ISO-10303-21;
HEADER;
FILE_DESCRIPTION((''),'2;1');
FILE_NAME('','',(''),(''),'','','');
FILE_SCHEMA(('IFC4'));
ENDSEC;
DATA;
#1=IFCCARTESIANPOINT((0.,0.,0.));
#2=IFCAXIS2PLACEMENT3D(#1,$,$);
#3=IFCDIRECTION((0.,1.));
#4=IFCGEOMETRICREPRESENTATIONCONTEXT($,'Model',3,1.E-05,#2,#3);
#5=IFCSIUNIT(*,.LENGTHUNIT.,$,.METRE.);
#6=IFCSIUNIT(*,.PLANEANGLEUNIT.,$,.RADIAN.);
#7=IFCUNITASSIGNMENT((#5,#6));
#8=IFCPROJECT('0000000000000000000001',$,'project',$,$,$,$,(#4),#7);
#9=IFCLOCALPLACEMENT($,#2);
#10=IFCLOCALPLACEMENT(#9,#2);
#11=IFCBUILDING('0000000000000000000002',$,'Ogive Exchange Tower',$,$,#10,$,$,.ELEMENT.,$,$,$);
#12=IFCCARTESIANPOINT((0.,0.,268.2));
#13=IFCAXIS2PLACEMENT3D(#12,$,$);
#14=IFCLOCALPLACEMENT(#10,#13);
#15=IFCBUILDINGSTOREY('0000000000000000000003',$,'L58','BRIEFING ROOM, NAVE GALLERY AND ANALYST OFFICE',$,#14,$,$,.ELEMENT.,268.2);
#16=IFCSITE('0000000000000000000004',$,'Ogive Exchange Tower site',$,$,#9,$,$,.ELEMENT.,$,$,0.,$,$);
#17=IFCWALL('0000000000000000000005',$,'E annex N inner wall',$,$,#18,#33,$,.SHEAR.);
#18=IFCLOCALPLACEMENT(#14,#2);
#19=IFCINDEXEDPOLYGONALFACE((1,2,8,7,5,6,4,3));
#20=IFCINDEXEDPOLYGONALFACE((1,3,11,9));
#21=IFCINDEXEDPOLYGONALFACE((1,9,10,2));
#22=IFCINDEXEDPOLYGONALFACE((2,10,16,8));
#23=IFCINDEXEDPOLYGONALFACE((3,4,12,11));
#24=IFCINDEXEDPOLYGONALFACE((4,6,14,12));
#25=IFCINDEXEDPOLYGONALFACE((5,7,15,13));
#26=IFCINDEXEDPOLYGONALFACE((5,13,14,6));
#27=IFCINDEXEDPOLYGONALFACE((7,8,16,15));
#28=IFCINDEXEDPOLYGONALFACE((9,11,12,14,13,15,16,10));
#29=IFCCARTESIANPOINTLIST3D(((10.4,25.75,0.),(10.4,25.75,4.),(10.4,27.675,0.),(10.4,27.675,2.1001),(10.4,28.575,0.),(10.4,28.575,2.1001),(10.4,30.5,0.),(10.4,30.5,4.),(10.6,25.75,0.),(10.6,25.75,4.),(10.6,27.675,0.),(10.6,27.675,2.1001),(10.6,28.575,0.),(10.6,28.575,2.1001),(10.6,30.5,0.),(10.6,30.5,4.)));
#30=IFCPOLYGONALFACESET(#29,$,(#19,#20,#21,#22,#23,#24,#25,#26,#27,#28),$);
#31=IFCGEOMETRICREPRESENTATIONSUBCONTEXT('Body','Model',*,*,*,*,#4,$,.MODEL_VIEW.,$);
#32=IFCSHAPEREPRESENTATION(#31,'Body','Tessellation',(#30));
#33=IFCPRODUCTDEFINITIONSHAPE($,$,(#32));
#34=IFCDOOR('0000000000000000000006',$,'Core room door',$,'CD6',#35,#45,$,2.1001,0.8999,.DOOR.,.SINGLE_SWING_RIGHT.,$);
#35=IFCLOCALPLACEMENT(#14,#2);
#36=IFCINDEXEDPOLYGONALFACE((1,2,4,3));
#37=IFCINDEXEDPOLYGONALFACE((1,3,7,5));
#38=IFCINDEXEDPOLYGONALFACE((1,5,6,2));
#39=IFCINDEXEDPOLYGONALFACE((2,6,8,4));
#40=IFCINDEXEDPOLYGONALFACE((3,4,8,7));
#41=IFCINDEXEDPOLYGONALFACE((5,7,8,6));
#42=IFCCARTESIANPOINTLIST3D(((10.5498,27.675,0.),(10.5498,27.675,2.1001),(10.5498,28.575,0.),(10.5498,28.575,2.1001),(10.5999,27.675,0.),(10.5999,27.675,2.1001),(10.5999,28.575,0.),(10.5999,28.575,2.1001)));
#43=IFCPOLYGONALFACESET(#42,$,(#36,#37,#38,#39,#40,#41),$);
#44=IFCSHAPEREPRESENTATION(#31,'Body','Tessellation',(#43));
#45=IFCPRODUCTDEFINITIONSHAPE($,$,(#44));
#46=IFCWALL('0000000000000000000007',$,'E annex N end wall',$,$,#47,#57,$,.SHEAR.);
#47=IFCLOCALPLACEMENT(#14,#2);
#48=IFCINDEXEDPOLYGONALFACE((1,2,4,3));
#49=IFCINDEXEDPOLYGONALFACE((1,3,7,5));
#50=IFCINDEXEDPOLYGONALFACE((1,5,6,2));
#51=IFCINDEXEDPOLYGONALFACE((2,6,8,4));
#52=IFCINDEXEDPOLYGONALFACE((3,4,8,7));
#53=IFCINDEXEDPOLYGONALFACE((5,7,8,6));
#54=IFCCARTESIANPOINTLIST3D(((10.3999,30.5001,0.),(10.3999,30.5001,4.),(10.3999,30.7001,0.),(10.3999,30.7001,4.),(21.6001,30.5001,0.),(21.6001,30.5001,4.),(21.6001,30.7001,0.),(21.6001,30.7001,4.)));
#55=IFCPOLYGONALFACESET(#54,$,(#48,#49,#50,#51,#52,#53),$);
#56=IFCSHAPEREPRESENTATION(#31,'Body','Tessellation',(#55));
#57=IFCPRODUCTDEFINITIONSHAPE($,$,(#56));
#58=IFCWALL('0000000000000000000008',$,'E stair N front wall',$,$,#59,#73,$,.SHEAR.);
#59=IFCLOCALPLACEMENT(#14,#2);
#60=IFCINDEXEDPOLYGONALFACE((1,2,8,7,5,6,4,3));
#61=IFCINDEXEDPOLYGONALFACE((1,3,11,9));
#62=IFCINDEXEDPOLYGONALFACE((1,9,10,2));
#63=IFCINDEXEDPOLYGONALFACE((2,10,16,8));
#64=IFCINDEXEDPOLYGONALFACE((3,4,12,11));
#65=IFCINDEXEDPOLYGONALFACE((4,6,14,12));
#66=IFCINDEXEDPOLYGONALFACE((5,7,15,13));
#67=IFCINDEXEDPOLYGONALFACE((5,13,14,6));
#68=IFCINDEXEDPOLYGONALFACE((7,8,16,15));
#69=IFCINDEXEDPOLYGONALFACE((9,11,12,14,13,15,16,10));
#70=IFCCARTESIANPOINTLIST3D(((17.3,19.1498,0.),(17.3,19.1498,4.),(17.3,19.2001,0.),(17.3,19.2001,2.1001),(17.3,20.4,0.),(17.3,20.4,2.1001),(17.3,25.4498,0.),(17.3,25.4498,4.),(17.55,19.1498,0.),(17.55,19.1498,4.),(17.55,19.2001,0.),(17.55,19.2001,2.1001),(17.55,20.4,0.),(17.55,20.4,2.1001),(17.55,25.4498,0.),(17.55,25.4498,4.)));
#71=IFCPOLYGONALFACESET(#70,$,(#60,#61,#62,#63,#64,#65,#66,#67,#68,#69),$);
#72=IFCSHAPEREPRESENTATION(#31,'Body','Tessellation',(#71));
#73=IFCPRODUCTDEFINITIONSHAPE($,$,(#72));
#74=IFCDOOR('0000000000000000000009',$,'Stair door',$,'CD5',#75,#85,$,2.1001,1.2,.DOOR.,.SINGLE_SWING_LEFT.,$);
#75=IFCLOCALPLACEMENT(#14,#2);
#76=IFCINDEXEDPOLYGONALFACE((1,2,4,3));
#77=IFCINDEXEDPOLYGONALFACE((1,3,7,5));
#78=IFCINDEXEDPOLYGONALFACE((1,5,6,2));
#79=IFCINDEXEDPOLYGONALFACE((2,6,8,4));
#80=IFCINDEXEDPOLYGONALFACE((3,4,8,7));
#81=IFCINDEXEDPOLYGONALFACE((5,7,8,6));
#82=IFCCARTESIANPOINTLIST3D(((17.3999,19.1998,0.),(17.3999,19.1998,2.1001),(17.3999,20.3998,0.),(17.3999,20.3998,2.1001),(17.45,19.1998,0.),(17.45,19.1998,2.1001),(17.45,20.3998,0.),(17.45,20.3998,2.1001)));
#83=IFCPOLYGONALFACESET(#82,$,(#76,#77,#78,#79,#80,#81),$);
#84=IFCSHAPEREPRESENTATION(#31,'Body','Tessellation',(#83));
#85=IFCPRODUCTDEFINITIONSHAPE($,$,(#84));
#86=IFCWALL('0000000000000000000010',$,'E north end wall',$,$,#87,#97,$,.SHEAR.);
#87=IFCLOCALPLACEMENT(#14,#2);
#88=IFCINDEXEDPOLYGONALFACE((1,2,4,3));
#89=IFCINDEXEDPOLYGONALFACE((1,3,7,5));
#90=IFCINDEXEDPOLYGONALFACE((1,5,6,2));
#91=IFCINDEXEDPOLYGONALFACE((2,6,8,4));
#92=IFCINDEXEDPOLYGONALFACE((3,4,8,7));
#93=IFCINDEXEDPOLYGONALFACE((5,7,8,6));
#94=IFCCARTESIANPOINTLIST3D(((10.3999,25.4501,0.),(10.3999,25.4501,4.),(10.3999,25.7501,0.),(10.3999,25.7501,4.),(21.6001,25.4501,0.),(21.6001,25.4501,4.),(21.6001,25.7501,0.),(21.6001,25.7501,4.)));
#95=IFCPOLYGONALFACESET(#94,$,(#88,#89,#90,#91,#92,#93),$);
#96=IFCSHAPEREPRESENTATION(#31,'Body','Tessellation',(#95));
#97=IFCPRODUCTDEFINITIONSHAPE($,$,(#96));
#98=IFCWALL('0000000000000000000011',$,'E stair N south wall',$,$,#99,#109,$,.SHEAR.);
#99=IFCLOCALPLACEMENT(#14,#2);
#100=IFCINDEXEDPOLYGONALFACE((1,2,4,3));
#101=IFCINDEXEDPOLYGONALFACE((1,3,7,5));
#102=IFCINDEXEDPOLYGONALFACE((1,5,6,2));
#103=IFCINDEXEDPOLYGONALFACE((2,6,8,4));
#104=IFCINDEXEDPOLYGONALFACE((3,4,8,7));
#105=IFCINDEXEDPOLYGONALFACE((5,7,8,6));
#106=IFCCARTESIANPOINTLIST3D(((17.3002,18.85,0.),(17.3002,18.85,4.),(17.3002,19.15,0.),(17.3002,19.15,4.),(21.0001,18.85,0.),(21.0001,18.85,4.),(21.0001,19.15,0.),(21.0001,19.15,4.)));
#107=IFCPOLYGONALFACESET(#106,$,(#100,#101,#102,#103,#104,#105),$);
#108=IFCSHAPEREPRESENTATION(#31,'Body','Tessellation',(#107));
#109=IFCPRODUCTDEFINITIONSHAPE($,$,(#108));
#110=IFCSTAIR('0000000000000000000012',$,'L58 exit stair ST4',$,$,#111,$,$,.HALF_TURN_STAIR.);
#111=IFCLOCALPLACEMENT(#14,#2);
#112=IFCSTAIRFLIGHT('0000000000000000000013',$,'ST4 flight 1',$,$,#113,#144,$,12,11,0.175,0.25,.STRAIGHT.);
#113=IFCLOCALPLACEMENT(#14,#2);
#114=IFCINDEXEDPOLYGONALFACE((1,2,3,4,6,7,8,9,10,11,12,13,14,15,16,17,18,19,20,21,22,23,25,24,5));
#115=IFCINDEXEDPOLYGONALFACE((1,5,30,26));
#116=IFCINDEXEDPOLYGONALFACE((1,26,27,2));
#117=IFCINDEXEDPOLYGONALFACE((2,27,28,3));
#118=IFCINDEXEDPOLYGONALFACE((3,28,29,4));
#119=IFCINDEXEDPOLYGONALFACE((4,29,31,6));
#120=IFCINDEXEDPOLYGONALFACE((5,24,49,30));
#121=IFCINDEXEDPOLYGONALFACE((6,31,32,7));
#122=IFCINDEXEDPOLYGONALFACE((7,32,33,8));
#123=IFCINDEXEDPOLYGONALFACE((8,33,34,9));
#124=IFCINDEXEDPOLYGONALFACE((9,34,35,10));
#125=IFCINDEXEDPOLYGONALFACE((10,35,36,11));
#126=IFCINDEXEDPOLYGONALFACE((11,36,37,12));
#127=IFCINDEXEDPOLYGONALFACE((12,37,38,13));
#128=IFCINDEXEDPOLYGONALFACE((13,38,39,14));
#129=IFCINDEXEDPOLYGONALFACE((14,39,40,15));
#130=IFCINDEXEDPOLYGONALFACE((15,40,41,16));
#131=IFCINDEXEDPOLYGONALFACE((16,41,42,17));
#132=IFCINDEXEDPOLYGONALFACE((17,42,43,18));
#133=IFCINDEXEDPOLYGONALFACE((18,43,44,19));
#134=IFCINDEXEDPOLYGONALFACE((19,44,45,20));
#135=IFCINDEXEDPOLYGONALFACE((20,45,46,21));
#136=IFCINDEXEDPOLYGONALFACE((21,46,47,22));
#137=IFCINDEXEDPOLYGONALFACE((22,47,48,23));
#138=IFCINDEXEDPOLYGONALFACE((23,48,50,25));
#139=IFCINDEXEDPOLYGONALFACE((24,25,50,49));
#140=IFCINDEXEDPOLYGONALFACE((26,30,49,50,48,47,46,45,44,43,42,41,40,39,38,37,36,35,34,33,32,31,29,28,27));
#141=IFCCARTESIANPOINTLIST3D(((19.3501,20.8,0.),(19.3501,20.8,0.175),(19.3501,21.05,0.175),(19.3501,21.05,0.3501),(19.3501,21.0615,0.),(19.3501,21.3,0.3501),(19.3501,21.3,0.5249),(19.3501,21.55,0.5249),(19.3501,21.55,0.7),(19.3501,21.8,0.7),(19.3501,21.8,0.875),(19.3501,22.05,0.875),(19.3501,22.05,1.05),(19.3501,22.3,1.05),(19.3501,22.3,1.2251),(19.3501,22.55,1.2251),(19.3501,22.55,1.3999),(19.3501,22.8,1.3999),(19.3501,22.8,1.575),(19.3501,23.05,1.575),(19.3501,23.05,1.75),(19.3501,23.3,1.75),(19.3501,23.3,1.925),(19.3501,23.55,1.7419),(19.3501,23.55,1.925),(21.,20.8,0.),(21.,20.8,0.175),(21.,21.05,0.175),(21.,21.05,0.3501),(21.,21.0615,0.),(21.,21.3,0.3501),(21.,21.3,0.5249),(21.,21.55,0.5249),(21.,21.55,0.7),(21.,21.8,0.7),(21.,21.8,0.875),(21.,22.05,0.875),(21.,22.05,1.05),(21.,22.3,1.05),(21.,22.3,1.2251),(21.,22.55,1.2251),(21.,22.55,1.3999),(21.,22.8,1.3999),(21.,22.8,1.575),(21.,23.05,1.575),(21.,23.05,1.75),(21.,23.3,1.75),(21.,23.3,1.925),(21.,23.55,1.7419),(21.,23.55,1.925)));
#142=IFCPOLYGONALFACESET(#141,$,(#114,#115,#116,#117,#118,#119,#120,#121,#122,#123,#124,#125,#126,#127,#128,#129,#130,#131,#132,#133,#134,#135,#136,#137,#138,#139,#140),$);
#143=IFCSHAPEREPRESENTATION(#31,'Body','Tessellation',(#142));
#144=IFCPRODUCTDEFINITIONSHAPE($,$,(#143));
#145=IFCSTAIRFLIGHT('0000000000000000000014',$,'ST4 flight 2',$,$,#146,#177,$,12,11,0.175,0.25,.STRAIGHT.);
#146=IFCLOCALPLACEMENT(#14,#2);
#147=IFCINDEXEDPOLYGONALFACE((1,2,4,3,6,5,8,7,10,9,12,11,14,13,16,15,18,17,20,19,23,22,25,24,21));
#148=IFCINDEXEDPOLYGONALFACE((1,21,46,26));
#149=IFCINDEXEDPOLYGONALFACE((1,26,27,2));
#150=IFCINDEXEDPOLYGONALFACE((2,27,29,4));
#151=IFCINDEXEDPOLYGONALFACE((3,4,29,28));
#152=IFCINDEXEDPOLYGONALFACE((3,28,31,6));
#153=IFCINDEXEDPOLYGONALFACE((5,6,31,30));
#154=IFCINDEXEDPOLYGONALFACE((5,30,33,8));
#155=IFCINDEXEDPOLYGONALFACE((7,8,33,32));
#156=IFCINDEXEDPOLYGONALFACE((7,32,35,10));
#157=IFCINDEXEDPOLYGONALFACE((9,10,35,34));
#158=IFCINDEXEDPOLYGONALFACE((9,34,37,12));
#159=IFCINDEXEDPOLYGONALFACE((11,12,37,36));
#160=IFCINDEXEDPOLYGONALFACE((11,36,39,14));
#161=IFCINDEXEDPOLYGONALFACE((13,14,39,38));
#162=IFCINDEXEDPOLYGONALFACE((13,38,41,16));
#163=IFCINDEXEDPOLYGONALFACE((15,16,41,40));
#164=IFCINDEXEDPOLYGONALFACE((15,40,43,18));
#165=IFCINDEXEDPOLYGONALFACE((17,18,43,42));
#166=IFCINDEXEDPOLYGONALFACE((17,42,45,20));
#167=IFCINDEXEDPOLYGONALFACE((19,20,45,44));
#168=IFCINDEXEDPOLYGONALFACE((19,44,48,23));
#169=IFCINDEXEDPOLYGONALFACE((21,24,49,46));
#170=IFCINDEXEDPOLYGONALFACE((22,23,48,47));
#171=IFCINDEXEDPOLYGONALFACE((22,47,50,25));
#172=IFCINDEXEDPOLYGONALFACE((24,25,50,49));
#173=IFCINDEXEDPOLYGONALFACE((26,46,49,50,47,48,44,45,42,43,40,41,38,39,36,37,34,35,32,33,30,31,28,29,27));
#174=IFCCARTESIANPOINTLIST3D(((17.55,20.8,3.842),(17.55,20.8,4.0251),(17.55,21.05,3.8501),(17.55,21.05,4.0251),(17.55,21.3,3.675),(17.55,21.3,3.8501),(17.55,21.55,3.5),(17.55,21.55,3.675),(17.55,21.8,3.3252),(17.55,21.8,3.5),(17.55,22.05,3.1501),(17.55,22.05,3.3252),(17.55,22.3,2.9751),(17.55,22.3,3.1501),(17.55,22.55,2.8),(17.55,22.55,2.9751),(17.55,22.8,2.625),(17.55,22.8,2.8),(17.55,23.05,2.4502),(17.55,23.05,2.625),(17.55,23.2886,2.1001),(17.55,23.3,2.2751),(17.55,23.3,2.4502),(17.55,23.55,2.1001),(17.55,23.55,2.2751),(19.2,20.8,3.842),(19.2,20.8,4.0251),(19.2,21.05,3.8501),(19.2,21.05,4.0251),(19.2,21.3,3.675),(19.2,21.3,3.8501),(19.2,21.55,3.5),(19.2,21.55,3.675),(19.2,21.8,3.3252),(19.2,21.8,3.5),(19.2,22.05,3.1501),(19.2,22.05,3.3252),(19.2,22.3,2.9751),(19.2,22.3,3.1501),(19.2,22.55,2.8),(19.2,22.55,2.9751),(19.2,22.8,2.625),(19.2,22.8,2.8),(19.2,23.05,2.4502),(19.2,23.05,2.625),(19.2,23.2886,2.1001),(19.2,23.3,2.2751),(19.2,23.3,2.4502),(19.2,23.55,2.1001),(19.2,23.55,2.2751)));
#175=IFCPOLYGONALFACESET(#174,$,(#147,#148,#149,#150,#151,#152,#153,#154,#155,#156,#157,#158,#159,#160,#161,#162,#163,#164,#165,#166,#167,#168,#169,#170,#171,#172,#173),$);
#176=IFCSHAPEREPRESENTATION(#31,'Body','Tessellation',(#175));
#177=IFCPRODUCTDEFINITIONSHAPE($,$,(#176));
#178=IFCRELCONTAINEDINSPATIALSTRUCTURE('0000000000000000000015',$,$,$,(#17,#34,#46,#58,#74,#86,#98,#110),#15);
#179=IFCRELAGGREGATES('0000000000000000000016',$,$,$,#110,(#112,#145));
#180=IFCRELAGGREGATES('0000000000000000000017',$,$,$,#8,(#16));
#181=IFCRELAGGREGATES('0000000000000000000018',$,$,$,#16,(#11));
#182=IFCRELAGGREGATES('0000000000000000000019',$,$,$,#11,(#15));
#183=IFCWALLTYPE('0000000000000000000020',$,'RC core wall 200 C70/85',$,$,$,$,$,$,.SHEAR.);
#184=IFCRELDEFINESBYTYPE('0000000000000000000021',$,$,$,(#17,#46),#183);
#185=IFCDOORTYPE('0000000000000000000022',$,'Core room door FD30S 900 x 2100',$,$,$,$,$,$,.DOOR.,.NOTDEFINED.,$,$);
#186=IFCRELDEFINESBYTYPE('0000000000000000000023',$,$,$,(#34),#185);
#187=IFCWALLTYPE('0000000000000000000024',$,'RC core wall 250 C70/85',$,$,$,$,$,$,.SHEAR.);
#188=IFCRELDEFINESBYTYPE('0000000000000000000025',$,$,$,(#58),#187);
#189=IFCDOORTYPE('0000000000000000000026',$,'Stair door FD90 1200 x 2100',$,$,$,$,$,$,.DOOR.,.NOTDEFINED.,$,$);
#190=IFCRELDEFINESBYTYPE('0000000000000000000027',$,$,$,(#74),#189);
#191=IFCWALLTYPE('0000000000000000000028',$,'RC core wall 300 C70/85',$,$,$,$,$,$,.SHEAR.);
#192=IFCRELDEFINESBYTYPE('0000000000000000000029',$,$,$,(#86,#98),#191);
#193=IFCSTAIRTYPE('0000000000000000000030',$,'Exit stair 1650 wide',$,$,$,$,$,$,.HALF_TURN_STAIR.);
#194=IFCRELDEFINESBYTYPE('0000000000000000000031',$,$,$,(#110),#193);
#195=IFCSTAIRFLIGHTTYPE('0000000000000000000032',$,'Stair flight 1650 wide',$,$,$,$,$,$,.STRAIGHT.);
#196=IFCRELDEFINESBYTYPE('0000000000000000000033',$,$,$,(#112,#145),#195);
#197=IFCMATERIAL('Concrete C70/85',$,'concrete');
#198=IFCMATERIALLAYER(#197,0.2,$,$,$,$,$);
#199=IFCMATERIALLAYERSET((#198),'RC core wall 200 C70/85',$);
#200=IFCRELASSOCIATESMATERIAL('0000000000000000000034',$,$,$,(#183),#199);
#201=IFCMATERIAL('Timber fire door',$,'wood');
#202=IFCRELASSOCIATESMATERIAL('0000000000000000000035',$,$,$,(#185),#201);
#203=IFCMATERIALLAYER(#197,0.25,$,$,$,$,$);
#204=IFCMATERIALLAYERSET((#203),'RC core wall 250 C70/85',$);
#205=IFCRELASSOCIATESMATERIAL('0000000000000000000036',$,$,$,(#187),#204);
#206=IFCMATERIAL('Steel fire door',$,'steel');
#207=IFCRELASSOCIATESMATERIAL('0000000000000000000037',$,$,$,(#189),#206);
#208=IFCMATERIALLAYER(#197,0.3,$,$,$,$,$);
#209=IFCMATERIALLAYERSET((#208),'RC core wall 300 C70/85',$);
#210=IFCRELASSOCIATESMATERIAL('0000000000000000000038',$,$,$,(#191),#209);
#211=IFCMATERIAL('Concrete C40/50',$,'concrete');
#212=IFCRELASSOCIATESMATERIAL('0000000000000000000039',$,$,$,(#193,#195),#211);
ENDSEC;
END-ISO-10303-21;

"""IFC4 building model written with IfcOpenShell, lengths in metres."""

from ifc_helpers import new_model, si_unit, direction, frame, frame_2d, origin, place, context, subcontext, project, spatial, polyline, rectangle, outline, extrude, material, layer, layer_set, type_object, element, fill, aggregate, save


model = new_model("IFC4")

# Units and contexts
model_context = context("Model", 3, precision=1e-05, world=origin(), true_north=direction((0.0, 1.0)))
body_context = subcontext(model_context, "Body", "Model", "MODEL_VIEW")
ifc_project = project(units=[si_unit("LENGTHUNIT", "METRE"), si_unit("PLANEANGLEUNIT", "RADIAN")], contexts=[model_context])

# Site, building, storey
site_placement = place(None, origin())
site = spatial("IfcSite", under=ifc_project, at=site_placement, Name="Ogive Exchange Tower site", CompositionType="ELEMENT", RefElevation=0.0)
building_placement = place(site_placement, origin())
building = spatial("IfcBuilding", under=site, at=building_placement, Name="Ogive Exchange Tower", CompositionType="ELEMENT")
storey_placement = place(building_placement, frame((0.0, 0.0, 268.2)))
storey = spatial("IfcBuildingStorey", under=building, at=storey_placement, Name="L58", Description="BRIEFING ROOM, NAVE GALLERY AND ANALYST OFFICE", CompositionType="ELEMENT", Elevation=268.2)

# Wall, opening, door
ifc_material_1 = material(Name="Concrete C70/85", Category="concrete")
ifc_layer_1 = layer(ifc_material_1, 0.2)
ifc_layer_set_1 = layer_set([ifc_layer_1], Name="RC core wall 200 C70/85")
wall_type_1 = type_object("IfcWallType", Name="RC core wall 200 C70/85", PredefinedType="SHEAR", material=ifc_layer_set_1)
wall_1_placement = place(storey_placement, frame((10.5, 25.75, 0.0), z_axis=(0.0, 0.0, 1.0), x_axis=(0.0, 1.0, 0.0)))
wall_1 = element("IfcWall", 1, at=wall_1_placement, inside=storey, type_object=wall_type_1, Name="E annex N inner wall", PredefinedType="SHEAR", context=body_context, shape_type="SweptSolid", body=[
    extrude(rectangle(XDim=4.75, YDim=0.2, at=frame_2d((2.375, 0.0))), origin(), (0.0, 0.0, 1.0), 4.0),
])
opening_1_placement = place(wall_1_placement, frame((1.925, 0.0, 0.0)))
opening_1 = element("IfcOpeningElement", 2, at=opening_1_placement, cuts=wall_1, PredefinedType="OPENING", context=body_context, shape_type="SweptSolid", body=[
    extrude(rectangle(XDim=0.8999, YDim=2.1001, at=frame_2d((0.45, 1.05))), frame((0.0, 0.1099, 0.0), z_axis=(0.0, -1.0, 0.0), x_axis=(1.0, 0.0, 0.0)), (0.0, 0.0, 1.0), 0.22),
])
ifc_material_2 = material(Name="Timber fire door", Category="wood")
door_type_1 = type_object("IfcDoorType", Name="Core room door FD30S 900 x 2100", OperationType="NOTDEFINED", PredefinedType="DOOR", material=ifc_material_2)
door_1_placement = place(opening_1_placement, origin())
door_1 = element("IfcDoor", 3, at=door_1_placement, inside=storey, type_object=door_type_1, Name="Core room door", ObjectType="CD6", OperationType="SINGLE_SWING_RIGHT", OverallHeight=2.1001, OverallWidth=0.8999, PredefinedType="DOOR", context=body_context, shape_type="SweptSolid", body=[
    extrude(rectangle(XDim=0.8999, YDim=2.1001, at=frame_2d((0.45, 1.05))), frame((0.0, -0.0498, 0.0), z_axis=(0.0, -1.0, 0.0), x_axis=(1.0, 0.0, 0.0)), (0.0, 0.0, 1.0), 0.05),
])
fill(opening_1, door_1)

# Wall
wall_2_placement = place(storey_placement, frame((10.3999, 30.6001, 0.0), z_axis=(0.0, 0.0, 1.0), x_axis=(1.0, 0.0, 0.0)))
element("IfcWall", 4, at=wall_2_placement, inside=storey, type_object=wall_type_1, Name="E annex N end wall", PredefinedType="SHEAR", context=body_context, shape_type="SweptSolid", body=[
    extrude(rectangle(XDim=11.2002, YDim=0.2, at=frame_2d((5.6001, 0.0))), origin(), (0.0, 0.0, 1.0), 4.0),
])

# Wall, opening, door
ifc_layer_2 = layer(ifc_material_1, 0.25)
ifc_layer_set_2 = layer_set([ifc_layer_2], Name="RC core wall 250 C70/85")
wall_type_2 = type_object("IfcWallType", Name="RC core wall 250 C70/85", PredefinedType="SHEAR", material=ifc_layer_set_2)
wall_3_placement = place(storey_placement, frame((17.425, 19.1499, 0.0), z_axis=(0.0, 0.0, 1.0), x_axis=(0.0, 1.0, 0.0)))
wall_3 = element("IfcWall", 5, at=wall_3_placement, inside=storey, type_object=wall_type_2, Name="E stair N front wall", PredefinedType="SHEAR", context=body_context, shape_type="SweptSolid", body=[
    extrude(rectangle(XDim=6.3, YDim=0.25, at=frame_2d((3.1499, 0.0))), origin(), (0.0, 0.0, 1.0), 4.0),
])
opening_2_placement = place(wall_3_placement, frame((0.05, 0.0, 0.0)))
opening_2 = element("IfcOpeningElement", 6, at=opening_2_placement, cuts=wall_3, PredefinedType="OPENING", context=body_context, shape_type="SweptSolid", body=[
    extrude(rectangle(XDim=1.2, YDim=2.1001, at=frame_2d((0.6001, 1.05))), frame((0.0, 0.135, 0.0), z_axis=(0.0, -1.0, 0.0), x_axis=(1.0, 0.0, 0.0)), (0.0, 0.0, 1.0), 0.27),
])
ifc_material_3 = material(Name="Steel fire door", Category="steel")
door_type_2 = type_object("IfcDoorType", Name="Stair door FD90 1200 x 2100", OperationType="NOTDEFINED", PredefinedType="DOOR", material=ifc_material_3)
door_2_placement = place(opening_2_placement, frame((1.2, 0.0, 0.0), z_axis=(0.0, 0.0, 1.0), x_axis=(-1.0, 0.0, 0.0)))
door_2 = element("IfcDoor", 7, at=door_2_placement, inside=storey, type_object=door_type_2, Name="Stair door", ObjectType="CD5", OperationType="SINGLE_SWING_LEFT", OverallHeight=2.1001, OverallWidth=1.2, PredefinedType="DOOR", context=body_context, shape_type="SweptSolid", body=[
    extrude(rectangle(XDim=1.2, YDim=2.1001, at=frame_2d((0.6001, 1.05))), frame((0.0, 0.0249, 0.0), z_axis=(0.0, -1.0, 0.0), x_axis=(1.0, 0.0, 0.0)), (0.0, 0.0, 1.0), 0.05),
])
fill(opening_2, door_2)

# Walls
ifc_layer_3 = layer(ifc_material_1, 0.3)
ifc_layer_set_3 = layer_set([ifc_layer_3], Name="RC core wall 300 C70/85")
wall_type_3 = type_object("IfcWallType", Name="RC core wall 300 C70/85", PredefinedType="SHEAR", material=ifc_layer_set_3)
wall_4_placement = place(storey_placement, frame((10.3999, 25.6001, 0.0), z_axis=(0.0, 0.0, 1.0), x_axis=(1.0, 0.0, 0.0)))
element("IfcWall", 8, at=wall_4_placement, inside=storey, type_object=wall_type_3, Name="E north end wall", PredefinedType="SHEAR", context=body_context, shape_type="SweptSolid", body=[
    extrude(rectangle(XDim=11.2002, YDim=0.3, at=frame_2d((5.6001, 0.0))), origin(), (0.0, 0.0, 1.0), 4.0),
])
wall_5_placement = place(storey_placement, frame((17.3, 19.0, 0.0), z_axis=(0.0, 0.0, 1.0), x_axis=(1.0, 0.0, 0.0)))
element("IfcWall", 9, at=wall_5_placement, inside=storey, type_object=wall_type_3, Name="E stair N south wall", PredefinedType="SHEAR", context=body_context, shape_type="SweptSolid", body=[
    extrude(rectangle(XDim=3.7, YDim=0.3, at=frame_2d((1.8501, 0.0))), origin(), (0.0, 0.0, 1.0), 4.0),
])

# Stair, stair flights
ifc_material_4 = material(Name="Concrete C40/50", Category="concrete")
stair_type = type_object("IfcStairType", Name="Exit stair 1650 wide", PredefinedType="HALF_TURN_STAIR", material=ifc_material_4)
stair_placement = place(storey_placement, origin())
stair = element("IfcStair", 10, at=stair_placement, inside=storey, type_object=stair_type, Name="L58 exit stair ST4", PredefinedType="HALF_TURN_STAIR")
stair_flight_type = type_object("IfcStairFlightType", Name="Stair flight 1650 wide", PredefinedType="STRAIGHT", material=ifc_material_4)
stair_flight_1_placement = place(storey_placement, frame((20.175, 20.8, 0.0), z_axis=(0.0, 0.0, 1.0), x_axis=(0.0, 1.0, 0.0)))
stair_flight_1 = element("IfcStairFlight", 11, at=stair_flight_1_placement, type_object=stair_flight_type, Name="ST4 flight 1", NumberOfRisers=12, NumberOfTreads=11, PredefinedType="STRAIGHT", RiserHeight=0.175, TreadLength=0.25, context=body_context, shape_type="SweptSolid", body=[
    extrude(outline(polyline([(0.0, 0.0), (0.0, 0.175), (0.25, 0.175), (0.25, 0.3501), (0.5, 0.3501), (0.5, 0.5249), (0.75, 0.5249), (0.75, 0.7), (1.0, 0.7), (1.0, 0.875), (1.25, 0.875), (1.25, 1.05), (1.5, 1.05), (1.5, 1.2251), (1.75, 1.2251), (1.75, 1.3999), (2.0, 1.3999), (2.0, 1.575), (2.25, 1.575), (2.25, 1.75), (2.5, 1.75), (2.5, 1.925), (2.75, 1.925), (2.75, 2.1001), (2.75, 1.7419), (0.2615, 0.0), (0.0, 0.0)])), frame((0.0, 0.825, 0.0), z_axis=(0.0, -1.0, 0.0), x_axis=(1.0, 0.0, 0.0)), (0.0, 0.0, 1.0), 1.6499),
])
stair_flight_2_placement = place(storey_placement, frame((18.375, 23.55, 2.1001), z_axis=(0.0, 0.0, 1.0), x_axis=(0.0, -1.0, 0.0)))
stair_flight_2 = element("IfcStairFlight", 12, at=stair_flight_2_placement, type_object=stair_flight_type, Name="ST4 flight 2", NumberOfRisers=12, NumberOfTreads=11, PredefinedType="STRAIGHT", RiserHeight=0.175, TreadLength=0.25, context=body_context, shape_type="SweptSolid", body=[
    extrude(outline(polyline([(0.0, 0.0), (0.0, 0.175), (0.25, 0.175), (0.25, 0.3501), (0.5, 0.3501), (0.5, 0.5249), (0.75, 0.5249), (0.75, 0.7), (1.0, 0.7), (1.0, 0.875), (1.25, 0.875), (1.25, 1.05), (1.5, 1.05), (1.5, 1.2251), (1.75, 1.2251), (1.75, 1.3999), (2.0, 1.3999), (2.0, 1.575), (2.25, 1.575), (2.25, 1.75), (2.5, 1.75), (2.5, 1.925), (2.75, 1.925), (2.75, 2.1001), (2.75, 1.7419), (0.2615, 0.0), (0.0, 0.0)])), frame((0.0, 0.825, 0.0), z_axis=(0.0, -1.0, 0.0), x_axis=(1.0, 0.0, 0.0)), (0.0, 0.0, 1.0), 1.6499),
])
aggregate(stair, [stair_flight_1, stair_flight_2])

save(model, "model.ifc")
